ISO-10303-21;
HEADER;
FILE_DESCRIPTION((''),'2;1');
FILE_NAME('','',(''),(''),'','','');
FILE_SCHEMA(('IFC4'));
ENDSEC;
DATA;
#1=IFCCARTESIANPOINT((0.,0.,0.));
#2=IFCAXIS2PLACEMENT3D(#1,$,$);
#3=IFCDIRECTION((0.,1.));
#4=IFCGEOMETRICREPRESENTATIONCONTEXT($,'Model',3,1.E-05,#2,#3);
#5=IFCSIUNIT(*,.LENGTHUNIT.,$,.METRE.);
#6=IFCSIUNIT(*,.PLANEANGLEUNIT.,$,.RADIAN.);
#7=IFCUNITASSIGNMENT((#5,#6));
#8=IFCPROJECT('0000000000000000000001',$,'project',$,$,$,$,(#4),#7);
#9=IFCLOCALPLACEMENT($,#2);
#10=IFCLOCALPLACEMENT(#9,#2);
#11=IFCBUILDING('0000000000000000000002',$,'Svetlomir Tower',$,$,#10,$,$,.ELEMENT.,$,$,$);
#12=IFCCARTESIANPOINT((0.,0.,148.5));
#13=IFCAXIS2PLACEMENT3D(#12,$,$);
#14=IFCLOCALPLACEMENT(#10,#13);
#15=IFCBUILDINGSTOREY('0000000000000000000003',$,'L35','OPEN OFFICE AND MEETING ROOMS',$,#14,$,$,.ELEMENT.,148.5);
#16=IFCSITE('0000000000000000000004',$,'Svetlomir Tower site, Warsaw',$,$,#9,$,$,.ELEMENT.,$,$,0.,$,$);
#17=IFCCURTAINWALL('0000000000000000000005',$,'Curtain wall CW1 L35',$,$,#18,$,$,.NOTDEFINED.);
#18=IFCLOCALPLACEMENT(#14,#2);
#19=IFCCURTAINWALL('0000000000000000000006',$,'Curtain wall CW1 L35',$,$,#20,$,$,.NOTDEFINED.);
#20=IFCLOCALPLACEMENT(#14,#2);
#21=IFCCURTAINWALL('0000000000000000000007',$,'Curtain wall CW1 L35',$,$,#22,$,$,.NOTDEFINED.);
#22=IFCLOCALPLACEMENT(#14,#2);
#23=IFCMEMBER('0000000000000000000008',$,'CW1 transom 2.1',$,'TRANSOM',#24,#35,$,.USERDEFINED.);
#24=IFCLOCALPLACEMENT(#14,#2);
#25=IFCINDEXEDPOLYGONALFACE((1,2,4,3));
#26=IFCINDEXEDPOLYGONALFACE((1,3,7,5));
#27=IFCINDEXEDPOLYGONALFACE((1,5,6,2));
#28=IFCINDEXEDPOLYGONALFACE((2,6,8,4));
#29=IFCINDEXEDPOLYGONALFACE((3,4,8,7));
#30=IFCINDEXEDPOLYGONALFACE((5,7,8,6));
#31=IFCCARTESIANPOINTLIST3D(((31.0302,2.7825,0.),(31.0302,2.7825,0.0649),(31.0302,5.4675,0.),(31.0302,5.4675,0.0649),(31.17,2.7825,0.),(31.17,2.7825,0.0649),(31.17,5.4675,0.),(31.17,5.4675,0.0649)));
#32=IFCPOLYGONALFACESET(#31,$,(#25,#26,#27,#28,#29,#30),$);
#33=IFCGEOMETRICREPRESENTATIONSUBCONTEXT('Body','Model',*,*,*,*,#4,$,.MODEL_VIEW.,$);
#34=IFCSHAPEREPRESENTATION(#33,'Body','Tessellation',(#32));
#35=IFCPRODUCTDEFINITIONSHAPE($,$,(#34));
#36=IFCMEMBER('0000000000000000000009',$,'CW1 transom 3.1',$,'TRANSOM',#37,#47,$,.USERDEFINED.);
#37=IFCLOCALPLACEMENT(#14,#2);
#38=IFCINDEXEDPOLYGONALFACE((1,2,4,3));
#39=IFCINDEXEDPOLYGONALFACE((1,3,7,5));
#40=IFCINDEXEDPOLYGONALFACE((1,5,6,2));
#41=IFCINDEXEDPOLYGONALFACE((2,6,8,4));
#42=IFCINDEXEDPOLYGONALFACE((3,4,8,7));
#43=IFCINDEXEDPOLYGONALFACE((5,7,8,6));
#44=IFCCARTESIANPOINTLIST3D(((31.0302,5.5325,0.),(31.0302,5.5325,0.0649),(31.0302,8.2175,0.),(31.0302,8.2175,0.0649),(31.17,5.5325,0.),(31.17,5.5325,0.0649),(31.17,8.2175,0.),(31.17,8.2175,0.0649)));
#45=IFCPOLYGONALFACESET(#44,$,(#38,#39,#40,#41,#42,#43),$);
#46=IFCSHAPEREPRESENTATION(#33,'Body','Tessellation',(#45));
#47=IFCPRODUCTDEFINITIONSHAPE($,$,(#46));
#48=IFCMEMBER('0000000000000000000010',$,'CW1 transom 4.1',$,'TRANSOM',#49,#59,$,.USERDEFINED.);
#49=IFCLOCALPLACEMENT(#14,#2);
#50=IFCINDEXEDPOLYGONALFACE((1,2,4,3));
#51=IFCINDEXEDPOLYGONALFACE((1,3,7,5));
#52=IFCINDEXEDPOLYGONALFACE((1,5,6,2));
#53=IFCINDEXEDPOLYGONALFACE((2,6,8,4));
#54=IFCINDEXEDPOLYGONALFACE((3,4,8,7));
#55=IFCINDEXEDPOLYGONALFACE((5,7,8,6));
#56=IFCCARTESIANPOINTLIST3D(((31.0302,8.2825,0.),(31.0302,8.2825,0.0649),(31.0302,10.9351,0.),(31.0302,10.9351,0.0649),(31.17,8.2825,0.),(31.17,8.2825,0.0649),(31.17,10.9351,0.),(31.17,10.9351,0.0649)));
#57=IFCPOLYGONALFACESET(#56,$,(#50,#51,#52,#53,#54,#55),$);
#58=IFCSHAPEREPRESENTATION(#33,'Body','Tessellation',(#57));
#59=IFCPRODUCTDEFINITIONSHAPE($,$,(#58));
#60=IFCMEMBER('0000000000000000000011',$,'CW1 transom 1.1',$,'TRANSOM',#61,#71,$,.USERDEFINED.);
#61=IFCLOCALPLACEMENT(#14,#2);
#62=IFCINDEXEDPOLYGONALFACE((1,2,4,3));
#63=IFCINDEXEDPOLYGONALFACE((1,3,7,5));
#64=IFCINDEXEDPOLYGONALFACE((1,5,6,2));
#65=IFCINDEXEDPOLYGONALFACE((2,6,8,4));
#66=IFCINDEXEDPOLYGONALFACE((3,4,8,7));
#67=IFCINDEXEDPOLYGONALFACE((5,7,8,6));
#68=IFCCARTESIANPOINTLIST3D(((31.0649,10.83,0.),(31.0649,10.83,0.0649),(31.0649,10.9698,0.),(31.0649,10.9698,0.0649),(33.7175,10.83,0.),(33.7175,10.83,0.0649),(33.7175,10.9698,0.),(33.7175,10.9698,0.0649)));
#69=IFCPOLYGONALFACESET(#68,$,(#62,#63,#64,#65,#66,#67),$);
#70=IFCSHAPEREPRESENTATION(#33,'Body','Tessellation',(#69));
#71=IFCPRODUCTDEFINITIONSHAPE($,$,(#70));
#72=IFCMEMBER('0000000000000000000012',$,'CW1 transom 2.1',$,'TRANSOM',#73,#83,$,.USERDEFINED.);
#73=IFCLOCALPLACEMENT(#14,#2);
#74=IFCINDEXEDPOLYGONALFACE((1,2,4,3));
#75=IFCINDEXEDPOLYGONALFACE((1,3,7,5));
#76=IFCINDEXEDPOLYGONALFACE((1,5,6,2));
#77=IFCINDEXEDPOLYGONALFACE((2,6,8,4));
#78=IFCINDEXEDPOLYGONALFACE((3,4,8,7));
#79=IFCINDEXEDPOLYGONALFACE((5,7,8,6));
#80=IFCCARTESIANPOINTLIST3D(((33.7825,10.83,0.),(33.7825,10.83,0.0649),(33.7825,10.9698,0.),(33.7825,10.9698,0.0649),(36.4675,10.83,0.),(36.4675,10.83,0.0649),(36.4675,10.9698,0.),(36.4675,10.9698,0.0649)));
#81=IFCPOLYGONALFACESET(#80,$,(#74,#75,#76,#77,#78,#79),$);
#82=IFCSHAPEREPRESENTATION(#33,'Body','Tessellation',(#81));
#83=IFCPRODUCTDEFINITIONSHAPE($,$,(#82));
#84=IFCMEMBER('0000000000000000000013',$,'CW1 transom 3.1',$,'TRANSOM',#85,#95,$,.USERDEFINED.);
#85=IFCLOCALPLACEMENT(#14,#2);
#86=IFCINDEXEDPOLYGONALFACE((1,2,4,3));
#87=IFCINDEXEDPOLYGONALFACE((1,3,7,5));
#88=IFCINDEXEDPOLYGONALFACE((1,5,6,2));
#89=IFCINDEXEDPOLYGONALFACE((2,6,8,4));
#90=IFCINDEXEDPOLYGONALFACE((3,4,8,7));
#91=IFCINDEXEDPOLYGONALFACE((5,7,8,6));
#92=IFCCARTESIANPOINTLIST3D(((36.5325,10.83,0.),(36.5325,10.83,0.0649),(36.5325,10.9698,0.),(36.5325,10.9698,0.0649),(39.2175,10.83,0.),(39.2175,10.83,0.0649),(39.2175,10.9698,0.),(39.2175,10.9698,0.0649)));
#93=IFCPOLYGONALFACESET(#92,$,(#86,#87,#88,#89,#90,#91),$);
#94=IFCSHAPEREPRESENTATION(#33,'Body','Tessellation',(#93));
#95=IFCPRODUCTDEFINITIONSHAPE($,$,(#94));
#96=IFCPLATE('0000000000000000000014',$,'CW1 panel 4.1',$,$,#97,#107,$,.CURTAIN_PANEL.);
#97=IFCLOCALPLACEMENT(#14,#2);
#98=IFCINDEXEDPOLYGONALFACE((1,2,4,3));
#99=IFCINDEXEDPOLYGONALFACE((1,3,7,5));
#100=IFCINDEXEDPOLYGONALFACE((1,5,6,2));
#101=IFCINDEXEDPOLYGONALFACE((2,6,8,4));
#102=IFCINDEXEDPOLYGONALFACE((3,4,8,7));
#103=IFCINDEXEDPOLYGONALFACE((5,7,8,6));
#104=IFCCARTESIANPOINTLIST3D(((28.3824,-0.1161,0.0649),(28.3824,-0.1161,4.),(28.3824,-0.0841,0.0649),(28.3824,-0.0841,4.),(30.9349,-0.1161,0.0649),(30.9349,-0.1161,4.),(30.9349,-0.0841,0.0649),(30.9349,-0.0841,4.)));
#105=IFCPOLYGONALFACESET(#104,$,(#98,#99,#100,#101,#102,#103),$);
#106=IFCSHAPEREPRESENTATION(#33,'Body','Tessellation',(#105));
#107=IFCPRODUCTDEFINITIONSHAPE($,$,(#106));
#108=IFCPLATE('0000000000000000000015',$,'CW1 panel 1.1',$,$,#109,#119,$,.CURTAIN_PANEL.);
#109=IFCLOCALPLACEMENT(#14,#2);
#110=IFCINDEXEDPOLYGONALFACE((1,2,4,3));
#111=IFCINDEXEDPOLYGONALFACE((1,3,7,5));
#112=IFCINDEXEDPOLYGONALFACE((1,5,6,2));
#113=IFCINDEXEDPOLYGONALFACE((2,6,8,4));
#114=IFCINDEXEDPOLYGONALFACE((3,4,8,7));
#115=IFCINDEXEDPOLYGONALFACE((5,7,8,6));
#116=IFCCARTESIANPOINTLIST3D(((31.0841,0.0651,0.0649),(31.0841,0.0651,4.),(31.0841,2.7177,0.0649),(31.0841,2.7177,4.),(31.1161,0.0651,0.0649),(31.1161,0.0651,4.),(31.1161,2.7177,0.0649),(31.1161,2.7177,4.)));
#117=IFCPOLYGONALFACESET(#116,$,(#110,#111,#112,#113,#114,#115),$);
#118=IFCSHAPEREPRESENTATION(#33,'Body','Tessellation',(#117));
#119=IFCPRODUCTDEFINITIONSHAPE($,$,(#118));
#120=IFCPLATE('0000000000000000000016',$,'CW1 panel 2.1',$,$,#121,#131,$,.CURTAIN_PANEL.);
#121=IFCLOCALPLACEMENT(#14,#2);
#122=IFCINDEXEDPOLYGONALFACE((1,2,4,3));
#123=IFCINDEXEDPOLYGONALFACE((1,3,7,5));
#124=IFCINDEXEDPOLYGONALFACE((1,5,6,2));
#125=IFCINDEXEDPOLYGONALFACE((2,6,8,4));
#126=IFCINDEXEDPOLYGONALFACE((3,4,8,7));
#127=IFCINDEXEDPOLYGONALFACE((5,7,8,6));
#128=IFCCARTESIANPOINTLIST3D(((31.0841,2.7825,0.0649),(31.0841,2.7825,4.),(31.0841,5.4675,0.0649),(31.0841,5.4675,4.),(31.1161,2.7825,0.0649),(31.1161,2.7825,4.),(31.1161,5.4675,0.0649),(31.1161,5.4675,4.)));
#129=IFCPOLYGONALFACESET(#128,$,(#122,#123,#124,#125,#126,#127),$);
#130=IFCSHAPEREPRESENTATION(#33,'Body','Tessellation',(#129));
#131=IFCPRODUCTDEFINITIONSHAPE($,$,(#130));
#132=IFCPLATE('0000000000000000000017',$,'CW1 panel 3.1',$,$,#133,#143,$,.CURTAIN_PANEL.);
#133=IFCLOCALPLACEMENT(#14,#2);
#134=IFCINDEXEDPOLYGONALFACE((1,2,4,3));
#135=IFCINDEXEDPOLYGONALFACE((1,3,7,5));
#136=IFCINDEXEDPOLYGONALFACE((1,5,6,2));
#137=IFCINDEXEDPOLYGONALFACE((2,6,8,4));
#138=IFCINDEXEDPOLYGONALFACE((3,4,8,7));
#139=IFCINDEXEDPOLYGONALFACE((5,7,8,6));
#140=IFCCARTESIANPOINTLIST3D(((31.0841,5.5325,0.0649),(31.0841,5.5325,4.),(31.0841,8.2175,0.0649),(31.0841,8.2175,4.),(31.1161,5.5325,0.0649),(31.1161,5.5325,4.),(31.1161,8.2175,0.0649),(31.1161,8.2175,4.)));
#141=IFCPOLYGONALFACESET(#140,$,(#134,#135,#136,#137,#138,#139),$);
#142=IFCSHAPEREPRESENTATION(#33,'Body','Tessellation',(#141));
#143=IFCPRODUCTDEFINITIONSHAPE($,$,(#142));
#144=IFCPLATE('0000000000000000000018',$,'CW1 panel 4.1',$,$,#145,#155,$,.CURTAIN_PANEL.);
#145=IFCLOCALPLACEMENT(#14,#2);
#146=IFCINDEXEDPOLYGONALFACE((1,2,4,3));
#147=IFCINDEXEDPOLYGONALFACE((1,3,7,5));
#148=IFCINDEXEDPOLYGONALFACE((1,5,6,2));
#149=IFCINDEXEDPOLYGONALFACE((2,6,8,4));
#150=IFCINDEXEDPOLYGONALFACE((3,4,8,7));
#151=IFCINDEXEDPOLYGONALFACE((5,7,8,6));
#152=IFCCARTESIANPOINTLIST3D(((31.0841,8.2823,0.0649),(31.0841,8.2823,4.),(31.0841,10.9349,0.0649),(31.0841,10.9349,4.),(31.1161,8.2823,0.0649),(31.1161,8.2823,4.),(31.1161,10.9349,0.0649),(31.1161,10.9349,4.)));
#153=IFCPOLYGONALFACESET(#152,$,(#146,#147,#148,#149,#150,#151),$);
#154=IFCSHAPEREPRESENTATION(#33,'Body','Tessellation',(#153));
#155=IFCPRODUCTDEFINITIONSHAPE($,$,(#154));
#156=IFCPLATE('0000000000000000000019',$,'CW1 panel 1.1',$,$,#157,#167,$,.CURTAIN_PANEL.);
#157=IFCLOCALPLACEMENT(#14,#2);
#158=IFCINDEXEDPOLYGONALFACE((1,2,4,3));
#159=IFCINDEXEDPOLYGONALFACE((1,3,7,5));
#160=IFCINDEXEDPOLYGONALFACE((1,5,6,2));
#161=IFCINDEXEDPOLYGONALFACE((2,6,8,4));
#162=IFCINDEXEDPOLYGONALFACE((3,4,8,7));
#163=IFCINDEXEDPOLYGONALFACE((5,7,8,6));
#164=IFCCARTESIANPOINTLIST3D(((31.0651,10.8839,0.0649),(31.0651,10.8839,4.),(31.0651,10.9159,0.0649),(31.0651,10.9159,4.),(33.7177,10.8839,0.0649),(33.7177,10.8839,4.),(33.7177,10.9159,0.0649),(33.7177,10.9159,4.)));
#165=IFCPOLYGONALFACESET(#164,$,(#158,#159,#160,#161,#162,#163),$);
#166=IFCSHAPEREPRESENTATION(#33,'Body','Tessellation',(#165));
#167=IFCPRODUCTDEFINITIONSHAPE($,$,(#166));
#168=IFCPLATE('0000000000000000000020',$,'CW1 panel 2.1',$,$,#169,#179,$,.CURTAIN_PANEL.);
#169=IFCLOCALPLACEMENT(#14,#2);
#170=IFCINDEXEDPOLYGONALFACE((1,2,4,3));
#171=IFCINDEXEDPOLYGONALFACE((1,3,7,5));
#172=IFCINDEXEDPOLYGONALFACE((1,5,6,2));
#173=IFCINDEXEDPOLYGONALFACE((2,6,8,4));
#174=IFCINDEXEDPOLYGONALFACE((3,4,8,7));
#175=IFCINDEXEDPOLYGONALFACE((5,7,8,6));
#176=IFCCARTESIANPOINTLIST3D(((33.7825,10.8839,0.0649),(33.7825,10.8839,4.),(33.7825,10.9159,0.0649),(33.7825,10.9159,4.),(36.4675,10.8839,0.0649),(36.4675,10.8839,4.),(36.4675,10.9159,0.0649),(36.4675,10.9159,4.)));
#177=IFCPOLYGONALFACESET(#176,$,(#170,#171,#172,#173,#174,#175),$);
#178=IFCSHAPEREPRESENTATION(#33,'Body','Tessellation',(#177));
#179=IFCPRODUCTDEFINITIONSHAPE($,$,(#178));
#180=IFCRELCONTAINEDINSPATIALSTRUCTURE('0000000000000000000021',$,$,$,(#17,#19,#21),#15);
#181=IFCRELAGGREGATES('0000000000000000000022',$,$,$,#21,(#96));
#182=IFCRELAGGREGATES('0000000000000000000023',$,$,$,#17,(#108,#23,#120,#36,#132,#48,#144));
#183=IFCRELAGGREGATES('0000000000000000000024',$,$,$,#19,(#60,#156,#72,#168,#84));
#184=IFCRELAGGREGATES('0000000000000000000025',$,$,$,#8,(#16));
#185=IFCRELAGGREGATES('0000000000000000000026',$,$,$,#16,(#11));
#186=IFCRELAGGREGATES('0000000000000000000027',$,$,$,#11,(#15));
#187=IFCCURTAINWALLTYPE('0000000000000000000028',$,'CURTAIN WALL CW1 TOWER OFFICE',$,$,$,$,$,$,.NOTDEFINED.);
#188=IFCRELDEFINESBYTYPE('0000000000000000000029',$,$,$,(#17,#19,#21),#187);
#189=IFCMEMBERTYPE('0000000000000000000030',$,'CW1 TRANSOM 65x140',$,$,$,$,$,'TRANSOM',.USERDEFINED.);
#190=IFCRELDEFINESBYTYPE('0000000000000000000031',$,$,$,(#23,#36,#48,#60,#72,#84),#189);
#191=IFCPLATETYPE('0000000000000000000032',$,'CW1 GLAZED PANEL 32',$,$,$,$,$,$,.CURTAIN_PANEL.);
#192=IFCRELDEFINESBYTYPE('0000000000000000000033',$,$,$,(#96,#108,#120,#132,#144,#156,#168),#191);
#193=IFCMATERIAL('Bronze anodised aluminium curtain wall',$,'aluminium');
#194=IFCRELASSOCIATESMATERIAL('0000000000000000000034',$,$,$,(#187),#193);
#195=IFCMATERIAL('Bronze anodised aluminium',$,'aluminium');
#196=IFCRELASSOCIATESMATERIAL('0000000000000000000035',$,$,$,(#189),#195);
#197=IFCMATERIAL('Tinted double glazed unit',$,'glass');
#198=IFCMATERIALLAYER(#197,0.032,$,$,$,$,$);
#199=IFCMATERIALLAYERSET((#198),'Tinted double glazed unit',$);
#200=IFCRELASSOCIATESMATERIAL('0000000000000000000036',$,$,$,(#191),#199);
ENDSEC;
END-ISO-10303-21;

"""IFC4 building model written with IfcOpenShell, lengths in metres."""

from ifc_helpers import new_model, si_unit, direction, frame, origin, origin_2d, place, context, subcontext, project, spatial, rectangle, extrude, material, layer, layer_set, material_profile, profile_set, type_object, element, aggregate, save


model = new_model("IFC4")

# Units and contexts
model_context = context("Model", 3, precision=1e-05, world=origin(), true_north=direction((0.0, 1.0)))
body_context = subcontext(model_context, "Body", "Model", "MODEL_VIEW")
ifc_project = project(units=[si_unit("LENGTHUNIT", "METRE"), si_unit("PLANEANGLEUNIT", "RADIAN")], contexts=[model_context])

# Site, building, storey
site_placement = place(None, origin())
site = spatial("IfcSite", under=ifc_project, at=site_placement, Name="Svetlomir Tower site, Warsaw", CompositionType="ELEMENT", RefElevation=0.0)
building_placement = place(site_placement, origin())
building = spatial("IfcBuilding", under=site, at=building_placement, Name="Svetlomir Tower", CompositionType="ELEMENT")
storey_placement = place(building_placement, frame((0.0, 0.0, 148.5)))
storey = spatial("IfcBuildingStorey", under=building, at=storey_placement, Name="L35", Description="OPEN OFFICE AND MEETING ROOMS", CompositionType="ELEMENT", Elevation=148.5)

# Curtain walls
ifc_material_1 = material(Name="Bronze anodised aluminium curtain wall", Category="aluminium")
curtain_wall_type = type_object("IfcCurtainWallType", Name="CURTAIN WALL CW1 TOWER OFFICE", PredefinedType="NOTDEFINED", material=ifc_material_1)
curtain_wall_1_placement = place(storey_placement, origin())
curtain_wall_1 = element("IfcCurtainWall", 1, at=curtain_wall_1_placement, inside=storey, type_object=curtain_wall_type, Name="Curtain wall CW1 L35", PredefinedType="NOTDEFINED")
curtain_wall_2_placement = place(storey_placement, origin())
curtain_wall_2 = element("IfcCurtainWall", 2, at=curtain_wall_2_placement, inside=storey, type_object=curtain_wall_type, Name="Curtain wall CW1 L35", PredefinedType="NOTDEFINED")

# Curtain wall
curtain_wall_3_placement = place(storey_placement, origin())
curtain_wall_3 = element("IfcCurtainWall", 3, at=curtain_wall_3_placement, inside=storey, type_object=curtain_wall_type, Name="Curtain wall CW1 L35", PredefinedType="NOTDEFINED")

# Members
ifc_material_2 = material(Name="Bronze anodised aluminium", Category="aluminium")
ifc_material_profile_1 = material_profile(ifc_material_2, rectangle(XDim=0.1399, YDim=0.0649, at=origin_2d()), Name="AL 140x65")
ifc_profile_set_1 = profile_set([ifc_material_profile_1], Name="Bronze anodised aluminium 6063-T6")
member_type_1 = type_object("IfcMemberType", Name="CW1 TRANSOM 65x140", ElementType="TRANSOM", PredefinedType="USERDEFINED", material=ifc_profile_set_1)
member_1_placement = place(storey_placement, frame((31.1001, 2.7825, 0.0325), z_axis=(0.0, 1.0, 0.0), x_axis=(-1.0, 0.0, 0.0)))
member_1 = element("IfcMember", 4, at=member_1_placement, type_object=member_type_1, Name="CW1 transom 2.1", ObjectType="TRANSOM", PredefinedType="USERDEFINED", context=body_context, shape_type="SweptSolid", body=[
    extrude(rectangle(XDim=0.1399, YDim=0.0649, at=origin_2d()), origin(), (0.0, 0.0, 1.0), 2.6851),
])
member_2_placement = place(storey_placement, frame((31.1001, 5.5325, 0.0325), z_axis=(0.0, 1.0, 0.0), x_axis=(-1.0, 0.0, 0.0)))
member_2 = element("IfcMember", 5, at=member_2_placement, type_object=member_type_1, Name="CW1 transom 3.1", ObjectType="TRANSOM", PredefinedType="USERDEFINED", context=body_context, shape_type="SweptSolid", body=[
    extrude(rectangle(XDim=0.1399, YDim=0.0649, at=origin_2d()), origin(), (0.0, 0.0, 1.0), 2.6851),
])
member_3_placement = place(storey_placement, frame((31.1001, 8.2825, 0.0325), z_axis=(0.0, 1.0, 0.0), x_axis=(-1.0, 0.0, 0.0)))
member_3 = element("IfcMember", 6, at=member_3_placement, type_object=member_type_1, Name="CW1 transom 4.1", ObjectType="TRANSOM", PredefinedType="USERDEFINED", context=body_context, shape_type="SweptSolid", body=[
    extrude(rectangle(XDim=0.1399, YDim=0.0649, at=origin_2d()), origin(), (0.0, 0.0, 1.0), 2.6526),
])
member_4_placement = place(storey_placement, frame((31.0649, 10.8999, 0.0325), z_axis=(1.0, 0.0, 0.0), x_axis=(0.0, 1.0, 0.0)))
member_4 = element("IfcMember", 7, at=member_4_placement, type_object=member_type_1, Name="CW1 transom 1.1", ObjectType="TRANSOM", PredefinedType="USERDEFINED", context=body_context, shape_type="SweptSolid", body=[
    extrude(rectangle(XDim=0.1399, YDim=0.0649, at=origin_2d()), origin(), (0.0, 0.0, 1.0), 2.6526),
])
member_5_placement = place(storey_placement, frame((33.7825, 10.8999, 0.0325), z_axis=(1.0, 0.0, 0.0), x_axis=(0.0, 1.0, 0.0)))
member_5 = element("IfcMember", 8, at=member_5_placement, type_object=member_type_1, Name="CW1 transom 2.1", ObjectType="TRANSOM", PredefinedType="USERDEFINED", context=body_context, shape_type="SweptSolid", body=[
    extrude(rectangle(XDim=0.1399, YDim=0.0649, at=origin_2d()), origin(), (0.0, 0.0, 1.0), 2.6851),
])
member_6_placement = place(storey_placement, frame((36.5325, 10.8999, 0.0325), z_axis=(1.0, 0.0, 0.0), x_axis=(0.0, 1.0, 0.0)))
member_6 = element("IfcMember", 9, at=member_6_placement, type_object=member_type_1, Name="CW1 transom 3.1", ObjectType="TRANSOM", PredefinedType="USERDEFINED", context=body_context, shape_type="SweptSolid", body=[
    extrude(rectangle(XDim=0.1399, YDim=0.0649, at=origin_2d()), origin(), (0.0, 0.0, 1.0), 2.6851),
])

# Plates
ifc_material_3 = material(Name="Tinted double glazed unit", Category="glass")
ifc_layer = layer(ifc_material_3, 0.032)
ifc_layer_set = layer_set([ifc_layer], Name="Tinted double glazed unit")
plate_type = type_object("IfcPlateType", Name="CW1 GLAZED PANEL 32", PredefinedType="CURTAIN_PANEL", material=ifc_layer_set)
plate_1_placement = place(storey_placement, frame((29.6587, -0.1001, 0.0649), z_axis=(0.0, 0.0, 1.0), x_axis=(1.0, 0.0, 0.0)))
plate_1 = element("IfcPlate", 10, at=plate_1_placement, type_object=plate_type, Name="CW1 panel 4.1", PredefinedType="CURTAIN_PANEL", context=body_context, shape_type="SweptSolid", body=[
    extrude(rectangle(XDim=2.5525, YDim=0.032, at=origin_2d()), origin(), (0.0, 0.0, 1.0), 3.9351),
])
aggregate(curtain_wall_3, [plate_1])
plate_2_placement = place(storey_placement, frame((31.1001, 1.3914, 0.0649), z_axis=(0.0, 0.0, 1.0), x_axis=(0.0, 1.0, 0.0)))
plate_2 = element("IfcPlate", 11, at=plate_2_placement, type_object=plate_type, Name="CW1 panel 1.1", PredefinedType="CURTAIN_PANEL", context=body_context, shape_type="SweptSolid", body=[
    extrude(rectangle(XDim=2.6526, YDim=0.032, at=origin_2d()), origin(), (0.0, 0.0, 1.0), 3.9351),
])
plate_3_placement = place(storey_placement, frame((31.1001, 4.125, 0.0649), z_axis=(0.0, 0.0, 1.0), x_axis=(0.0, 1.0, 0.0)))
plate_3 = element("IfcPlate", 12, at=plate_3_placement, type_object=plate_type, Name="CW1 panel 2.1", PredefinedType="CURTAIN_PANEL", context=body_context, shape_type="SweptSolid", body=[
    extrude(rectangle(XDim=2.6851, YDim=0.032, at=origin_2d()), origin(), (0.0, 0.0, 1.0), 3.9351),
])
plate_4_placement = place(storey_placement, frame((31.1001, 6.875, 0.0649), z_axis=(0.0, 0.0, 1.0), x_axis=(0.0, 1.0, 0.0)))
plate_4 = element("IfcPlate", 13, at=plate_4_placement, type_object=plate_type, Name="CW1 panel 3.1", PredefinedType="CURTAIN_PANEL", context=body_context, shape_type="SweptSolid", body=[
    extrude(rectangle(XDim=2.6851, YDim=0.032, at=origin_2d()), origin(), (0.0, 0.0, 1.0), 3.9351),
])
plate_5_placement = place(storey_placement, frame((31.1001, 9.6086, 0.0649), z_axis=(0.0, 0.0, 1.0), x_axis=(0.0, 1.0, 0.0)))
plate_5 = element("IfcPlate", 14, at=plate_5_placement, type_object=plate_type, Name="CW1 panel 4.1", PredefinedType="CURTAIN_PANEL", context=body_context, shape_type="SweptSolid", body=[
    extrude(rectangle(XDim=2.6526, YDim=0.032, at=origin_2d()), origin(), (0.0, 0.0, 1.0), 3.9351),
])
aggregate(curtain_wall_1, [plate_2, member_1, plate_3, member_2, plate_4, member_3, plate_5])
plate_6_placement = place(storey_placement, frame((32.3914, 10.8999, 0.0649), z_axis=(0.0, 0.0, 1.0), x_axis=(1.0, 0.0, 0.0)))
plate_6 = element("IfcPlate", 15, at=plate_6_placement, type_object=plate_type, Name="CW1 panel 1.1", PredefinedType="CURTAIN_PANEL", context=body_context, shape_type="SweptSolid", body=[
    extrude(rectangle(XDim=2.6526, YDim=0.032, at=origin_2d()), origin(), (0.0, 0.0, 1.0), 3.9351),
])
plate_7_placement = place(storey_placement, frame((35.125, 10.8999, 0.0649), z_axis=(0.0, 0.0, 1.0), x_axis=(1.0, 0.0, 0.0)))
plate_7 = element("IfcPlate", 16, at=plate_7_placement, type_object=plate_type, Name="CW1 panel 2.1", PredefinedType="CURTAIN_PANEL", context=body_context, shape_type="SweptSolid", body=[
    extrude(rectangle(XDim=2.6851, YDim=0.032, at=origin_2d()), origin(), (0.0, 0.0, 1.0), 3.9351),
])
aggregate(curtain_wall_2, [member_4, plate_6, member_5, plate_7, member_6])

save(model, "model.ifc")
